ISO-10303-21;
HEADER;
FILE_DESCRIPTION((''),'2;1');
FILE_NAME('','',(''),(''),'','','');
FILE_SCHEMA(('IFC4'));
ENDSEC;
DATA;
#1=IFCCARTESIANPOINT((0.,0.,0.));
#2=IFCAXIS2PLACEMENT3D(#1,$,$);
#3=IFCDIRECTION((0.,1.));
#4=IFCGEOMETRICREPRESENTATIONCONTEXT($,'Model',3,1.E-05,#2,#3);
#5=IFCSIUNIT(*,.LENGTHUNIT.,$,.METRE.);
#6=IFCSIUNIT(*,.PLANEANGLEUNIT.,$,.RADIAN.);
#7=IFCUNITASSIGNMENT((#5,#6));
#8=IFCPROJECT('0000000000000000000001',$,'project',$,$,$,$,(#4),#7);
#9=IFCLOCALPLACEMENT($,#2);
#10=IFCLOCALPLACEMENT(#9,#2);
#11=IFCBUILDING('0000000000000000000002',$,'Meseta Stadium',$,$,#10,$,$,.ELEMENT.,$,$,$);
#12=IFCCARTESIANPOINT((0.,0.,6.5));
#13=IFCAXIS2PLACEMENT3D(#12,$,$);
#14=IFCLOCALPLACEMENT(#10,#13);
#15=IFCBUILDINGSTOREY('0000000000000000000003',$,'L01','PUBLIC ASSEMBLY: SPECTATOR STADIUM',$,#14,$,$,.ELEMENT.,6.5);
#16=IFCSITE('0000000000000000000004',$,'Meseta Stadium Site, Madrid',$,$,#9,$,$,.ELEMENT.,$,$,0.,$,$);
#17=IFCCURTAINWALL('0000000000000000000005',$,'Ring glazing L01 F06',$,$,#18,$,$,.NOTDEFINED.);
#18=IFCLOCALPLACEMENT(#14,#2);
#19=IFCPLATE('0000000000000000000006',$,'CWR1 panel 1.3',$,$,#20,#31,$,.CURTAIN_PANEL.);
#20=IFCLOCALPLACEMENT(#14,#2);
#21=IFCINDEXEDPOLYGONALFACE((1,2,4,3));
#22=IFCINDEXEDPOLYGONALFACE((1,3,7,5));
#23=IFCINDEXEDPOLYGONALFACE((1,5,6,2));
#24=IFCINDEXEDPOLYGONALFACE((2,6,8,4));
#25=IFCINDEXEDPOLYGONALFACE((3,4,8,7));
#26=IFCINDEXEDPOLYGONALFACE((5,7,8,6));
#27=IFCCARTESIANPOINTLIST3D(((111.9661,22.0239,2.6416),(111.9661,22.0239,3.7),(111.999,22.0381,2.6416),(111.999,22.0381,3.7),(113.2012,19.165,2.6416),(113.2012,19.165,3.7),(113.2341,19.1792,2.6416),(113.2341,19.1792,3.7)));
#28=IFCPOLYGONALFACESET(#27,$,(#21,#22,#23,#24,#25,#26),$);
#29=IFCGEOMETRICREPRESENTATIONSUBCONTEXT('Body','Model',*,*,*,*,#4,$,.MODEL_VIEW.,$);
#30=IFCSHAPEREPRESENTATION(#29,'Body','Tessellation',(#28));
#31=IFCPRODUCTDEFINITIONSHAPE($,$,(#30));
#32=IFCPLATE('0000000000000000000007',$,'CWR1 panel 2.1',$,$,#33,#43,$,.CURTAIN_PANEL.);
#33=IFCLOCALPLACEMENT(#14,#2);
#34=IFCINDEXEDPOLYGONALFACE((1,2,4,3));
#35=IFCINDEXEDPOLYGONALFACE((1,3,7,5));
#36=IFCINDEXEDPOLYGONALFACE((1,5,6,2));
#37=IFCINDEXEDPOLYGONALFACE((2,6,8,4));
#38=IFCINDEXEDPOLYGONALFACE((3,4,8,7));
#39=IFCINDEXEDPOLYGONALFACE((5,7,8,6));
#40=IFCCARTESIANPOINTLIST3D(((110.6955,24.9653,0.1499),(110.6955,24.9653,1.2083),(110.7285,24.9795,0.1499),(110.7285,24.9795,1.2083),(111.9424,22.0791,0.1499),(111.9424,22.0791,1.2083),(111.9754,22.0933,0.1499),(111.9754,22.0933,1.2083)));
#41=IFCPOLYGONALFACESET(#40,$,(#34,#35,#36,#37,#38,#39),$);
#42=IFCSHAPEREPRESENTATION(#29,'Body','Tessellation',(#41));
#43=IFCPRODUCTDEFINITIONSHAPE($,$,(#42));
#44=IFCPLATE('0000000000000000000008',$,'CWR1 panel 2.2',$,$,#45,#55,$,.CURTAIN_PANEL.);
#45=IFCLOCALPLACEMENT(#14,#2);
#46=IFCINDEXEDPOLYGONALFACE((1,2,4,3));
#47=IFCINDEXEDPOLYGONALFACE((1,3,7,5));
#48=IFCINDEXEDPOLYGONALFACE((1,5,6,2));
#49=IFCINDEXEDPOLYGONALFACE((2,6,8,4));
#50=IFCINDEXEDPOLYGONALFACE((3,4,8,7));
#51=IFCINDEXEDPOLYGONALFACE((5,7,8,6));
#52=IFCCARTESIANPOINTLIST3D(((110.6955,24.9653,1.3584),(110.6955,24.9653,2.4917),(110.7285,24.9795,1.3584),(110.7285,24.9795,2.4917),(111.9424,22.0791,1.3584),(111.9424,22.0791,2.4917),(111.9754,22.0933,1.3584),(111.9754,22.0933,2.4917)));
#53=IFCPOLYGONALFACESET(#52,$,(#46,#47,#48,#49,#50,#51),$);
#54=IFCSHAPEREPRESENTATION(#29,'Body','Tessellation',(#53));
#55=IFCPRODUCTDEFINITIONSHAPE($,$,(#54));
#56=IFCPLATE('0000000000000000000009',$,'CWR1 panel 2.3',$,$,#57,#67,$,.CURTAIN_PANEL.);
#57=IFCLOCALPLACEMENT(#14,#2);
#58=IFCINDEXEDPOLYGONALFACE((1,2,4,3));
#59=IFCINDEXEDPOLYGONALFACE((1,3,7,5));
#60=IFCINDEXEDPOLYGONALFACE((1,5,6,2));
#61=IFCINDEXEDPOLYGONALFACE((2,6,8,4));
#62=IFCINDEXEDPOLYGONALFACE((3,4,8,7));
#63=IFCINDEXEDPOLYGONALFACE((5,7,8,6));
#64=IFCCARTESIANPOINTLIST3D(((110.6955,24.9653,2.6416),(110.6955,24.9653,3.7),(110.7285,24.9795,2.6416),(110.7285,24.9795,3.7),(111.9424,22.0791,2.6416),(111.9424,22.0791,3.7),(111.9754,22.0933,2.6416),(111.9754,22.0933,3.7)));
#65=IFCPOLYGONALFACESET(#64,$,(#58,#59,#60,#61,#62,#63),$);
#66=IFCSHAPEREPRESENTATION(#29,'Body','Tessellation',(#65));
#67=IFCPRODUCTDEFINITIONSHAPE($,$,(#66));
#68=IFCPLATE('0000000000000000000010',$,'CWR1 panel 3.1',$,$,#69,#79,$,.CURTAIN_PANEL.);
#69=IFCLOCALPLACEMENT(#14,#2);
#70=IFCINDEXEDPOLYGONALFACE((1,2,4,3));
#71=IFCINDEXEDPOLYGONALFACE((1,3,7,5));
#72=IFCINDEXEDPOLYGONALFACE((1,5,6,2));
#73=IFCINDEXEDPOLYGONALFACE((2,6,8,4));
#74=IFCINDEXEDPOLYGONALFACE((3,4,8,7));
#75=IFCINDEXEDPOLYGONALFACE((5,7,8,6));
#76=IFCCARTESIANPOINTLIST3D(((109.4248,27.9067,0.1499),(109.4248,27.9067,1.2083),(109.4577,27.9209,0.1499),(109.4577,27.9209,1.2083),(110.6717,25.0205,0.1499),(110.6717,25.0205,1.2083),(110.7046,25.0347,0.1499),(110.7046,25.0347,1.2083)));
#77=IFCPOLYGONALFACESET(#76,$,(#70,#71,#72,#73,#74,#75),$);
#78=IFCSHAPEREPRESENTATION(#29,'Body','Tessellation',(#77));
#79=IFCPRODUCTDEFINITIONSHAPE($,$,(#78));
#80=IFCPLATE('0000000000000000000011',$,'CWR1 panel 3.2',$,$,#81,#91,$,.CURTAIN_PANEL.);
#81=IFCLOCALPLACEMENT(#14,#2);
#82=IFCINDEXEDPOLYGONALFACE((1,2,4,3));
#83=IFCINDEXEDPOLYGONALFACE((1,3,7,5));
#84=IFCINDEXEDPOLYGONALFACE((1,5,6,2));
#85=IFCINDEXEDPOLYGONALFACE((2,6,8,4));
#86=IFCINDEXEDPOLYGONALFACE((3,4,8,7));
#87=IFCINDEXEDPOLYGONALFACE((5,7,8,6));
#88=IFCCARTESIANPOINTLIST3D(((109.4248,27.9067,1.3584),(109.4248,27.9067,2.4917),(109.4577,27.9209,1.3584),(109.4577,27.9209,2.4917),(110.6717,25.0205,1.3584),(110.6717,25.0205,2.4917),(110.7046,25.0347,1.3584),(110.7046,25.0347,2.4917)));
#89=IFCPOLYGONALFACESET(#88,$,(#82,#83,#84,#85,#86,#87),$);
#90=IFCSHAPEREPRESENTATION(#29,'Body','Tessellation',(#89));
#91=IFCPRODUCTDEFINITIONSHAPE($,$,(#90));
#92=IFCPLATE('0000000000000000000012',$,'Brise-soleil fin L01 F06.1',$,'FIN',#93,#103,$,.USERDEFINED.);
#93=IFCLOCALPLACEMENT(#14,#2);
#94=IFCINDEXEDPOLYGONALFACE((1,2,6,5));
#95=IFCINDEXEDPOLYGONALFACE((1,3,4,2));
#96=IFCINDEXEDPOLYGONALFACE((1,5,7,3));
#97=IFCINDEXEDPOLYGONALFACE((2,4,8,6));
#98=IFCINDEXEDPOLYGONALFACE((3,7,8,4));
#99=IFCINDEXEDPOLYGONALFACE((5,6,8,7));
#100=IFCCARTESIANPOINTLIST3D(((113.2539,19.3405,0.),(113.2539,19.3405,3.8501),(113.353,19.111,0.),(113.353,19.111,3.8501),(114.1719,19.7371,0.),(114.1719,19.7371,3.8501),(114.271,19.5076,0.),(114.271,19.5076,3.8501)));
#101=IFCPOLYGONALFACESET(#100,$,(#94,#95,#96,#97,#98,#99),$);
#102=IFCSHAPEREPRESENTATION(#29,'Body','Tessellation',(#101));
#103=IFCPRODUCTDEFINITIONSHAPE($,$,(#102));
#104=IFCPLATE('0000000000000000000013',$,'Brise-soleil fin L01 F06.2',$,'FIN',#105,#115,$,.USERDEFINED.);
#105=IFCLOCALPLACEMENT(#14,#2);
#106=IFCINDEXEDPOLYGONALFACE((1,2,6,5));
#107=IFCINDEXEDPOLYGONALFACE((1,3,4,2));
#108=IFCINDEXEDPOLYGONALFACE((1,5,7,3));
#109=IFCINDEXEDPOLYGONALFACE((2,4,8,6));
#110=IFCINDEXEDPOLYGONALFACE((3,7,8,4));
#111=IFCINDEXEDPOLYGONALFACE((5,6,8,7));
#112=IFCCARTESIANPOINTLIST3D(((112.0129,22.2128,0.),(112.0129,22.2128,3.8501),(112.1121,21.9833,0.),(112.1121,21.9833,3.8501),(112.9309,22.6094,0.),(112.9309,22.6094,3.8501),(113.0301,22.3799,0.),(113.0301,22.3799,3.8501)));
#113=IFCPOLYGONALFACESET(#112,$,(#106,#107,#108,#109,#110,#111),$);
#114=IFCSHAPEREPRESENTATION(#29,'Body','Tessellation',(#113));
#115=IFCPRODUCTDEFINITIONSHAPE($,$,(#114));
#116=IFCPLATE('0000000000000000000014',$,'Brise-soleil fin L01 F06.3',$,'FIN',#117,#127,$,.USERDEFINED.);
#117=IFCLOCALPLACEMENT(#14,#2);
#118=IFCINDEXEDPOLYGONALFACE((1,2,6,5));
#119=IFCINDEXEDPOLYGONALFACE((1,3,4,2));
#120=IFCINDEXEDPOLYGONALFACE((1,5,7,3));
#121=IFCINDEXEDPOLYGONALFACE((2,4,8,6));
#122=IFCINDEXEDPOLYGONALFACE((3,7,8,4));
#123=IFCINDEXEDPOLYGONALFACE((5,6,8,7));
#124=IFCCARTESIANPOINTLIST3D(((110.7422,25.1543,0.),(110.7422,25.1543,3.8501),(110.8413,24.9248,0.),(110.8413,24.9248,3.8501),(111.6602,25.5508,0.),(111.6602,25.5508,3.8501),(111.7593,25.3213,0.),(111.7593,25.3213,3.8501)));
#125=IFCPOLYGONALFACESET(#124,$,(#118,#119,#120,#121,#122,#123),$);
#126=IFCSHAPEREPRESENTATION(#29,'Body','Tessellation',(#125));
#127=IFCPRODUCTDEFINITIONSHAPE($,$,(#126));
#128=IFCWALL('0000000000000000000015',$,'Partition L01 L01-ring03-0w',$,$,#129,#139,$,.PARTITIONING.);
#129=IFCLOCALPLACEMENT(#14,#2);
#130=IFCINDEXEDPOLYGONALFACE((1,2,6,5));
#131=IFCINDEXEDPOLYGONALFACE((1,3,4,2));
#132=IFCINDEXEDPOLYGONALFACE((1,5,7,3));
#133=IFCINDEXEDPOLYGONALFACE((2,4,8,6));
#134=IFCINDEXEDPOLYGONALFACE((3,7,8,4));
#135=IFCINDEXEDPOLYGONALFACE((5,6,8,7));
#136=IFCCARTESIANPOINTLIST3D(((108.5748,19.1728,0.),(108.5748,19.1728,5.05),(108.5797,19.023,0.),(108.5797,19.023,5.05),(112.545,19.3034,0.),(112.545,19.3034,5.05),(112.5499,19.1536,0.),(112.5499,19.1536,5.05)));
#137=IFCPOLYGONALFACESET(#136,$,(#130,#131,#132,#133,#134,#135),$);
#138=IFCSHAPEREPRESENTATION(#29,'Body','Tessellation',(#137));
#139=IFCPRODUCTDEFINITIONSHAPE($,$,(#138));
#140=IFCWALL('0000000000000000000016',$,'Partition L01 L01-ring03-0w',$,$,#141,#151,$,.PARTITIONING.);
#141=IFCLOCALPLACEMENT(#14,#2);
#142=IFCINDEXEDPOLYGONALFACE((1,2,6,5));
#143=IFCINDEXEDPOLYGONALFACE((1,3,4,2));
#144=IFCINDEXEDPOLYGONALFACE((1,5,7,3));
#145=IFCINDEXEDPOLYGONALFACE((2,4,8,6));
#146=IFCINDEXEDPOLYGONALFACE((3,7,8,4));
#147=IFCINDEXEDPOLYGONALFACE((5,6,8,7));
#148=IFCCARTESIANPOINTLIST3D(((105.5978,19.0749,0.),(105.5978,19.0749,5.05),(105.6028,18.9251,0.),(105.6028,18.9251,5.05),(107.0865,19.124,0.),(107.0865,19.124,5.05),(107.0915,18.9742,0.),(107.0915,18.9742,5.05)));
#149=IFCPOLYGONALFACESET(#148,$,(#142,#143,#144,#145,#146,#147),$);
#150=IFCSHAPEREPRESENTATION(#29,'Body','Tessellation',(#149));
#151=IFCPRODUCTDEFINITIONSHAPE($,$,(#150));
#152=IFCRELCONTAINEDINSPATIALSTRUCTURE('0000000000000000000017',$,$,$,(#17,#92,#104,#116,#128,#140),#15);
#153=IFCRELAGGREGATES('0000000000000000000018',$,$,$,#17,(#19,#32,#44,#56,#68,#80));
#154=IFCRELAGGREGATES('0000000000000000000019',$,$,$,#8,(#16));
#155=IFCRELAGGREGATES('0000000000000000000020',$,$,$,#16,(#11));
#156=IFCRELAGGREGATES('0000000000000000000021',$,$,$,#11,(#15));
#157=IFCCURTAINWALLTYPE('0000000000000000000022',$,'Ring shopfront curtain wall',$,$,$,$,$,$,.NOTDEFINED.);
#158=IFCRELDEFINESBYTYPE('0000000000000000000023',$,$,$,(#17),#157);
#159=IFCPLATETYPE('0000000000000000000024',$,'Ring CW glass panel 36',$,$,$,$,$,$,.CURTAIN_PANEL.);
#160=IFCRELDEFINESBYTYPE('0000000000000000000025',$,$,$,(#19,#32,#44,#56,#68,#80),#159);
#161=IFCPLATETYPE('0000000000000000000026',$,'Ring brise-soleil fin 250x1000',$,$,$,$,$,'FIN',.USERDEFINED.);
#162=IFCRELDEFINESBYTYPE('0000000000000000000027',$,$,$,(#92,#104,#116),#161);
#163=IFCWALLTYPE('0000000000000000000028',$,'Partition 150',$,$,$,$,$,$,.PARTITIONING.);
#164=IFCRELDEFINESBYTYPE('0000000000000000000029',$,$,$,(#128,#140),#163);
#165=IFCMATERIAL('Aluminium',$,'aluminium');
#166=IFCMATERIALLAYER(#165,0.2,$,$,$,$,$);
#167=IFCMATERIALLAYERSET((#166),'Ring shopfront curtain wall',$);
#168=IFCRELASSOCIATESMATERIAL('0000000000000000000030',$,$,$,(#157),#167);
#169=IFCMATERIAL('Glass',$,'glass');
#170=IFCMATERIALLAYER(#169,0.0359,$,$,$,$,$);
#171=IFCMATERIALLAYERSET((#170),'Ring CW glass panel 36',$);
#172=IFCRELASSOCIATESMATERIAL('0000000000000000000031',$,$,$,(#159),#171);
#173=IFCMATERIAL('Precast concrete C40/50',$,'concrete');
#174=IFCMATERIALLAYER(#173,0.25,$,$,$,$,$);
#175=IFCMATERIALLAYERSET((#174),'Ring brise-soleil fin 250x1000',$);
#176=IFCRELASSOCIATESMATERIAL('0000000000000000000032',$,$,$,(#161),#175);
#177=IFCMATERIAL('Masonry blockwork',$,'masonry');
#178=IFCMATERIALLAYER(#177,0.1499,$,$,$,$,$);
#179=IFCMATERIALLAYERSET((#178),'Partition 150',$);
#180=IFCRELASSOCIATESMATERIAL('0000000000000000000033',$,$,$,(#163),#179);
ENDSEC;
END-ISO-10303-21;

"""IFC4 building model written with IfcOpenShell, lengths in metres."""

from ifc_helpers import new_model, si_unit, direction, frame, frame_2d, origin, origin_2d, place, context, subcontext, project, spatial, rectangle, extrude, material, layer, layer_set, type_object, element, aggregate, save


model = new_model("IFC4")

# Units and contexts
model_context = context("Model", 3, precision=1e-05, world=origin(), true_north=direction((0.0, 1.0)))
body_context = subcontext(model_context, "Body", "Model", "MODEL_VIEW")
ifc_project = project(units=[si_unit("LENGTHUNIT", "METRE"), si_unit("PLANEANGLEUNIT", "RADIAN")], contexts=[model_context])

# Site, building, storey
site_placement = place(None, origin())
site = spatial("IfcSite", under=ifc_project, at=site_placement, Name="Meseta Stadium Site, Madrid", CompositionType="ELEMENT", RefElevation=0.0)
building_placement = place(site_placement, origin())
building = spatial("IfcBuilding", under=site, at=building_placement, Name="Meseta Stadium", CompositionType="ELEMENT")
storey_placement = place(building_placement, frame((0.0, 0.0, 6.5)))
storey = spatial("IfcBuildingStorey", under=building, at=storey_placement, Name="L01", Description="PUBLIC ASSEMBLY: SPECTATOR STADIUM", CompositionType="ELEMENT", Elevation=6.5)

# Curtain wall
ifc_material_1 = material(Name="Aluminium", Category="aluminium")
ifc_layer_1 = layer(ifc_material_1, 0.2)
ifc_layer_set_1 = layer_set([ifc_layer_1], Name="Ring shopfront curtain wall")
curtain_wall_type = type_object("IfcCurtainWallType", Name="Ring shopfront curtain wall", PredefinedType="NOTDEFINED", material=ifc_layer_set_1)
curtain_wall_placement = place(storey_placement, origin())
curtain_wall = element("IfcCurtainWall", 1, at=curtain_wall_placement, inside=storey, type_object=curtain_wall_type, Name="Ring glazing L01 F06", PredefinedType="NOTDEFINED")

# Plates
ifc_material_2 = material(Name="Glass", Category="glass")
ifc_layer_2 = layer(ifc_material_2, 0.0359)
ifc_layer_set_2 = layer_set([ifc_layer_2], Name="Ring CW glass panel 36")
plate_type_1 = type_object("IfcPlateType", Name="Ring CW glass panel 36", PredefinedType="CURTAIN_PANEL", material=ifc_layer_set_2)
plate_1_placement = place(storey_placement, frame((112.6001, 20.6016, 2.6416), z_axis=(0.0, 0.0, 1.0), x_axis=(-0.396581, 0.918, 0.0)))
plate_1 = element("IfcPlate", 2, at=plate_1_placement, type_object=plate_type_1, Name="CWR1 panel 1.3", PredefinedType="CURTAIN_PANEL", context=body_context, shape_type="SweptSolid", body=[
    extrude(rectangle(XDim=3.1143, YDim=0.0359, at=origin_2d()), origin(), (0.0, 0.0, 1.0), 1.0583),
])
plate_2_placement = place(storey_placement, frame((111.3354, 23.5293, 0.1499), z_axis=(0.0, 0.0, 1.0), x_axis=(-0.396581, 0.918, 0.0)))
plate_2 = element("IfcPlate", 3, at=plate_2_placement, type_object=plate_type_1, Name="CWR1 panel 2.1", PredefinedType="CURTAIN_PANEL", context=body_context, shape_type="SweptSolid", body=[
    extrude(rectangle(XDim=3.144, YDim=0.0359, at=origin_2d()), origin(), (0.0, 0.0, 1.0), 1.0583),
])
plate_3_placement = place(storey_placement, frame((111.3354, 23.5293, 1.3584), z_axis=(0.0, 0.0, 1.0), x_axis=(-0.396581, 0.918, 0.0)))
plate_3 = element("IfcPlate", 4, at=plate_3_placement, type_object=plate_type_1, Name="CWR1 panel 2.2", PredefinedType="CURTAIN_PANEL", context=body_context, shape_type="SweptSolid", body=[
    extrude(rectangle(XDim=3.144, YDim=0.0359, at=origin_2d()), origin(), (0.0, 0.0, 1.0), 1.1333),
])
plate_4_placement = place(storey_placement, frame((111.3354, 23.5293, 2.6416), z_axis=(0.0, 0.0, 1.0), x_axis=(-0.396581, 0.918, 0.0)))
plate_4 = element("IfcPlate", 5, at=plate_4_placement, type_object=plate_type_1, Name="CWR1 panel 2.3", PredefinedType="CURTAIN_PANEL", context=body_context, shape_type="SweptSolid", body=[
    extrude(rectangle(XDim=3.144, YDim=0.0359, at=origin_2d()), origin(), (0.0, 0.0, 1.0), 1.0583),
])
plate_5_placement = place(storey_placement, frame((110.0647, 26.4707, 0.1499), z_axis=(0.0, 0.0, 1.0), x_axis=(-0.396581, 0.918, 0.0)))
plate_5 = element("IfcPlate", 6, at=plate_5_placement, type_object=plate_type_1, Name="CWR1 panel 3.1", PredefinedType="CURTAIN_PANEL", context=body_context, shape_type="SweptSolid", body=[
    extrude(rectangle(XDim=3.144, YDim=0.0359, at=origin_2d()), origin(), (0.0, 0.0, 1.0), 1.0583),
])
plate_6_placement = place(storey_placement, frame((110.0647, 26.4707, 1.3584), z_axis=(0.0, 0.0, 1.0), x_axis=(-0.396581, 0.918, 0.0)))
plate_6 = element("IfcPlate", 7, at=plate_6_placement, type_object=plate_type_1, Name="CWR1 panel 3.2", PredefinedType="CURTAIN_PANEL", context=body_context, shape_type="SweptSolid", body=[
    extrude(rectangle(XDim=3.144, YDim=0.0359, at=origin_2d()), origin(), (0.0, 0.0, 1.0), 1.1333),
])
aggregate(curtain_wall, [plate_1, plate_2, plate_3, plate_4, plate_5, plate_6])

# Plates
ifc_material_3 = material(Name="Precast concrete C40/50", Category="concrete")
ifc_layer_3 = layer(ifc_material_3, 0.25)
ifc_layer_set_3 = layer_set([ifc_layer_3], Name="Ring brise-soleil fin 250x1000")
plate_type_2 = type_object("IfcPlateType", Name="Ring brise-soleil fin 250x1000", ElementType="FIN", PredefinedType="USERDEFINED", material=ifc_layer_set_3)
for number, where, z_axis, x_axis, name in (
    (8, (113.7625, 19.4241, 0.0), (0.0, 0.0, 1.0), (-0.396576, 0.918002, 0.0), "Brise-soleil fin L01 F06.1"),
    (9, (112.5215, 22.2964, 0.0), (0.0, 0.0, 1.0), (-0.396576, 0.918002, 0.0), "Brise-soleil fin L01 F06.2"),
    (10, (111.2507, 25.2378, 0.0), (0.0, 0.0, 1.0), (-0.396576, 0.918002, 0.0), "Brise-soleil fin L01 F06.3"),
):
    element("IfcPlate", number, at=place(storey_placement, frame(where, z_axis=z_axis, x_axis=x_axis)), inside=storey, type_object=plate_type_2, Name=name, ObjectType="FIN", PredefinedType="USERDEFINED", context=body_context, shape_type="SweptSolid", body=[
        extrude(rectangle(XDim=0.25, YDim=1.0, at=origin_2d()), origin(), (0.0, 0.0, 1.0), 3.8501),
    ])

# Walls
ifc_material_4 = material(Name="Masonry blockwork", Category="masonry")
ifc_layer_4 = layer(ifc_material_4, 0.1499)
ifc_layer_set_4 = layer_set([ifc_layer_4], Name="Partition 150")
wall_type = type_object("IfcWallType", Name="Partition 150", PredefinedType="PARTITIONING", material=ifc_layer_set_4)
wall_1_placement = place(storey_placement, frame((112.5476, 19.2285, 0.0), z_axis=(0.0, 0.0, 1.0), x_axis=(-0.999459, -0.032881, 0.0)))
element("IfcWall", 11, at=wall_1_placement, inside=storey, type_object=wall_type, Name="Partition L01 L01-ring03-0w", PredefinedType="PARTITIONING", context=body_context, shape_type="SweptSolid", body=[
    extrude(rectangle(XDim=3.9724, YDim=0.1499, at=frame_2d((1.9863, 0.0))), origin(), (0.0, 0.0, 1.0), 5.05),
])
wall_2_placement = place(storey_placement, frame((107.0889, 19.0491, 0.0), z_axis=(0.0, 0.0, 1.0), x_axis=(-0.999457, -0.032944, 0.0)))
element("IfcWall", 12, at=wall_2_placement, inside=storey, type_object=wall_type, Name="Partition L01 L01-ring03-0w", PredefinedType="PARTITIONING", context=body_context, shape_type="SweptSolid", body=[
    extrude(rectangle(XDim=1.4895, YDim=0.1499, at=frame_2d((0.7446, 0.0))), origin(), (0.0, 0.0, 1.0), 5.05),
])

save(model, "model.ifc")
